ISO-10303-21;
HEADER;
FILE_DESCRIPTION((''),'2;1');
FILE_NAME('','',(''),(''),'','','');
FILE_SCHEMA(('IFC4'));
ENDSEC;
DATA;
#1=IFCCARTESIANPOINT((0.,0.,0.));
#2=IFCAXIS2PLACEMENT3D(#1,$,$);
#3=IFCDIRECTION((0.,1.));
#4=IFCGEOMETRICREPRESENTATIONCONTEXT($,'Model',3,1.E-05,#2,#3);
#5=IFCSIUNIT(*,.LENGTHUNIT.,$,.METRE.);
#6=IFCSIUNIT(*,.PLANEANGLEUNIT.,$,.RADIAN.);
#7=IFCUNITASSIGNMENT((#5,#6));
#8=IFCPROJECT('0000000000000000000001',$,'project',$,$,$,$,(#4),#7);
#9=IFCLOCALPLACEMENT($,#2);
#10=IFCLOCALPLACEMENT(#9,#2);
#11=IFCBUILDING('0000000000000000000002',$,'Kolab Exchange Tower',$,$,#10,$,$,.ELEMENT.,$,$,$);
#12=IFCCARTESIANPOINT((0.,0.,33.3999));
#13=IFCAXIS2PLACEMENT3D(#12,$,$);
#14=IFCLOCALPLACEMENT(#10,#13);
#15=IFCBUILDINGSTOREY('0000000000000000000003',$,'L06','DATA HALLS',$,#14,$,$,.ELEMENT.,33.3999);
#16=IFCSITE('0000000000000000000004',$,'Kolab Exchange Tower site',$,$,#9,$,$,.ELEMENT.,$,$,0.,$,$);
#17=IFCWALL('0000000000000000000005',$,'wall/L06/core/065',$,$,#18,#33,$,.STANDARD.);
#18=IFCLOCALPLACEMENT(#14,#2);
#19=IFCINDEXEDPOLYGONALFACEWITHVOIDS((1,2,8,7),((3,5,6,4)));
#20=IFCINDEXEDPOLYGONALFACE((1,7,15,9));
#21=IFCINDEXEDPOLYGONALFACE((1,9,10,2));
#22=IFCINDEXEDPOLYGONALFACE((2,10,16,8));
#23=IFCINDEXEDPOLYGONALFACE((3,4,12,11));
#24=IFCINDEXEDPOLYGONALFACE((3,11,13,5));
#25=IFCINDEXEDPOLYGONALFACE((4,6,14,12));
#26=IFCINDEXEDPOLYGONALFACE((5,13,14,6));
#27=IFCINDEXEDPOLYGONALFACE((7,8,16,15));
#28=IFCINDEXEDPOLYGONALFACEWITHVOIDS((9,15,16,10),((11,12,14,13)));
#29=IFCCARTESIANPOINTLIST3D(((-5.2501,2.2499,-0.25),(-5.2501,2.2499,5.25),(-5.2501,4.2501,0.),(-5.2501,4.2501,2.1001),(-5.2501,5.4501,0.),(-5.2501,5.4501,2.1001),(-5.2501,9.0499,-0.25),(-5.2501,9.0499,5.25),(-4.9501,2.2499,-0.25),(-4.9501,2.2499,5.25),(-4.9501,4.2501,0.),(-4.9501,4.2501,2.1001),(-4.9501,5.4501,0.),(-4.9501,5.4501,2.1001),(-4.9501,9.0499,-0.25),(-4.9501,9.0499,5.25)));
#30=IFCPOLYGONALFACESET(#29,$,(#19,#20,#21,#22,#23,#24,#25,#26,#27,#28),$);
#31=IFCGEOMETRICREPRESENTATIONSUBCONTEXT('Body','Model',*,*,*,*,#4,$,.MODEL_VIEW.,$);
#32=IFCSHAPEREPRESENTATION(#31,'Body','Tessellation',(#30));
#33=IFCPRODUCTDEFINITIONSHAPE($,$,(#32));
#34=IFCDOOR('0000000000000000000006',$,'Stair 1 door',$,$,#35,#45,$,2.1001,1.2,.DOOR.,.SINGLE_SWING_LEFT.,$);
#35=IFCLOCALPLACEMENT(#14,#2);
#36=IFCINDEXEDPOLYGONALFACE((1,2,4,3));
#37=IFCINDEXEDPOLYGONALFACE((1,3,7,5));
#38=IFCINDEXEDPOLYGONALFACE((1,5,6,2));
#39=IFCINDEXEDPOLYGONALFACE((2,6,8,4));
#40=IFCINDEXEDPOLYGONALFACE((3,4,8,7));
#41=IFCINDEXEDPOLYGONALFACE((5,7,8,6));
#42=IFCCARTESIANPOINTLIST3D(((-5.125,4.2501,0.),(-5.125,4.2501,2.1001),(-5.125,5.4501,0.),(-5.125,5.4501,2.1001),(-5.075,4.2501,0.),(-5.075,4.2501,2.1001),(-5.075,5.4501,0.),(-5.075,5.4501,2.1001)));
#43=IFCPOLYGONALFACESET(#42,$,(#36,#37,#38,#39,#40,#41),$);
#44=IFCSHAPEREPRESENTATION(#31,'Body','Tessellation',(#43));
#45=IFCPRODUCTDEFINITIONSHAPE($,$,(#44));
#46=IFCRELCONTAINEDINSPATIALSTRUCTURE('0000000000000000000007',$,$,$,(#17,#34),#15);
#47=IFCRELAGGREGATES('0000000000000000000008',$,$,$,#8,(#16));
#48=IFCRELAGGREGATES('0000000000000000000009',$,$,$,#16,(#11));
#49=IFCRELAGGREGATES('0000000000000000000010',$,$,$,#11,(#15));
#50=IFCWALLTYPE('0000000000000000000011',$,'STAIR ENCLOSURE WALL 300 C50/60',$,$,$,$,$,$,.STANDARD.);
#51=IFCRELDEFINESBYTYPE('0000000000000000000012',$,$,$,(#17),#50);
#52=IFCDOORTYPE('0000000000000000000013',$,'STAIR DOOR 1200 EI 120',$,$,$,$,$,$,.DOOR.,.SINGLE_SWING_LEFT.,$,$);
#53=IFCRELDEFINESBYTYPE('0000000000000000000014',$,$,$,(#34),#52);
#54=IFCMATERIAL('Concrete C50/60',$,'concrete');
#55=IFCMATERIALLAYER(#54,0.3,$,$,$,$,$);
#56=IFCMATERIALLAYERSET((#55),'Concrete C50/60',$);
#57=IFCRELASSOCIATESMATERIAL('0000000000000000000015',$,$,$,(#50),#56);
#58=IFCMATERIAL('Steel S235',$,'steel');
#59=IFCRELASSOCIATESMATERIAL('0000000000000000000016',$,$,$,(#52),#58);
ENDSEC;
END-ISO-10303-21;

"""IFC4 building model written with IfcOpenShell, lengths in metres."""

from ifc_helpers import new_model, si_unit, direction, frame, frame_2d, origin, place, context, subcontext, project, spatial, rectangle, extrude, material, layer, layer_set, type_object, element, fill, save


model = new_model("IFC4")

# Units and contexts
model_context = context("Model", 3, precision=1e-05, world=origin(), true_north=direction((0.0, 1.0)))
body_context = subcontext(model_context, "Body", "Model", "MODEL_VIEW")
ifc_project = project(units=[si_unit("LENGTHUNIT", "METRE"), si_unit("PLANEANGLEUNIT", "RADIAN")], contexts=[model_context])

# Site, building, storey
site_placement = place(None, origin())
site = spatial("IfcSite", under=ifc_project, at=site_placement, Name="Kolab Exchange Tower site", CompositionType="ELEMENT", RefElevation=0.0)
building_placement = place(site_placement, origin())
building = spatial("IfcBuilding", under=site, at=building_placement, Name="Kolab Exchange Tower", CompositionType="ELEMENT")
storey_placement = place(building_placement, frame((0.0, 0.0, 33.3999)))
storey = spatial("IfcBuildingStorey", under=building, at=storey_placement, Name="L06", Description="DATA HALLS", CompositionType="ELEMENT", Elevation=33.3999)

# Shared definitions
ifc_material_1 = material(Name="Steel S235", Category="steel")

# Shared definitions
ifc_material_2 = material(Name="Concrete C50/60", Category="concrete")

# Shared definitions
ifc_layer_1 = layer(ifc_material_2, 0.3)
ifc_layer_set_1 = layer_set([ifc_layer_1], Name="Concrete C50/60")
wall_type_1 = type_object("IfcWallType", Name="STAIR ENCLOSURE WALL 300 C50/60", PredefinedType="STANDARD", material=ifc_layer_set_1)

# Shared definitions
door_type_1 = type_object("IfcDoorType", Name="STAIR DOOR 1200 EI 120", OperationType="SINGLE_SWING_LEFT", PredefinedType="DOOR", material=ifc_material_1)

# Wall, opening, door
wall_1_placement = place(storey_placement, frame((-5.1001, 2.25, -0.25), z_axis=(0.0, 0.0, 1.0), x_axis=(0.0, 1.0, 0.0)))
wall_1 = element("IfcWall", 1, at=wall_1_placement, inside=storey, type_object=wall_type_1, Name="wall/L06/core/065", PredefinedType="STANDARD", context=body_context, shape_type="SweptSolid", body=[
    extrude(rectangle(XDim=6.8, YDim=0.3, at=frame_2d((3.3999, 0.0))), origin(), (0.0, 0.0, 1.0), 5.5),
])
opening_1_placement = place(wall_1_placement, frame((2.0, 0.0, 0.25)))
opening_1 = element("IfcOpeningElement", 2, at=opening_1_placement, cuts=wall_1, PredefinedType="OPENING", context=body_context, shape_type="SweptSolid", body=[
    extrude(rectangle(XDim=1.2, YDim=2.1001, at=frame_2d((0.6001, 1.05))), frame((0.0, 0.1602, 0.0), z_axis=(0.0, -1.0, 0.0), x_axis=(1.0, 0.0, 0.0)), (0.0, 0.0, 1.0), 0.3201),
])
door_1_placement = place(opening_1_placement, origin())
door_1 = element("IfcDoor", 3, at=door_1_placement, inside=storey, type_object=door_type_1, Name="Stair 1 door", OperationType="SINGLE_SWING_LEFT", OverallHeight=2.1001, OverallWidth=1.2, PredefinedType="DOOR", context=body_context, shape_type="SweptSolid", body=[
    extrude(rectangle(XDim=1.2, YDim=2.1001, at=frame_2d((0.6001, 1.05))), frame((0.0, 0.0249, 0.0), z_axis=(0.0, -1.0, 0.0), x_axis=(1.0, 0.0, 0.0)), (0.0, 0.0, 1.0), 0.05),
])
fill(opening_1, door_1)

save(model, "model.ifc")
